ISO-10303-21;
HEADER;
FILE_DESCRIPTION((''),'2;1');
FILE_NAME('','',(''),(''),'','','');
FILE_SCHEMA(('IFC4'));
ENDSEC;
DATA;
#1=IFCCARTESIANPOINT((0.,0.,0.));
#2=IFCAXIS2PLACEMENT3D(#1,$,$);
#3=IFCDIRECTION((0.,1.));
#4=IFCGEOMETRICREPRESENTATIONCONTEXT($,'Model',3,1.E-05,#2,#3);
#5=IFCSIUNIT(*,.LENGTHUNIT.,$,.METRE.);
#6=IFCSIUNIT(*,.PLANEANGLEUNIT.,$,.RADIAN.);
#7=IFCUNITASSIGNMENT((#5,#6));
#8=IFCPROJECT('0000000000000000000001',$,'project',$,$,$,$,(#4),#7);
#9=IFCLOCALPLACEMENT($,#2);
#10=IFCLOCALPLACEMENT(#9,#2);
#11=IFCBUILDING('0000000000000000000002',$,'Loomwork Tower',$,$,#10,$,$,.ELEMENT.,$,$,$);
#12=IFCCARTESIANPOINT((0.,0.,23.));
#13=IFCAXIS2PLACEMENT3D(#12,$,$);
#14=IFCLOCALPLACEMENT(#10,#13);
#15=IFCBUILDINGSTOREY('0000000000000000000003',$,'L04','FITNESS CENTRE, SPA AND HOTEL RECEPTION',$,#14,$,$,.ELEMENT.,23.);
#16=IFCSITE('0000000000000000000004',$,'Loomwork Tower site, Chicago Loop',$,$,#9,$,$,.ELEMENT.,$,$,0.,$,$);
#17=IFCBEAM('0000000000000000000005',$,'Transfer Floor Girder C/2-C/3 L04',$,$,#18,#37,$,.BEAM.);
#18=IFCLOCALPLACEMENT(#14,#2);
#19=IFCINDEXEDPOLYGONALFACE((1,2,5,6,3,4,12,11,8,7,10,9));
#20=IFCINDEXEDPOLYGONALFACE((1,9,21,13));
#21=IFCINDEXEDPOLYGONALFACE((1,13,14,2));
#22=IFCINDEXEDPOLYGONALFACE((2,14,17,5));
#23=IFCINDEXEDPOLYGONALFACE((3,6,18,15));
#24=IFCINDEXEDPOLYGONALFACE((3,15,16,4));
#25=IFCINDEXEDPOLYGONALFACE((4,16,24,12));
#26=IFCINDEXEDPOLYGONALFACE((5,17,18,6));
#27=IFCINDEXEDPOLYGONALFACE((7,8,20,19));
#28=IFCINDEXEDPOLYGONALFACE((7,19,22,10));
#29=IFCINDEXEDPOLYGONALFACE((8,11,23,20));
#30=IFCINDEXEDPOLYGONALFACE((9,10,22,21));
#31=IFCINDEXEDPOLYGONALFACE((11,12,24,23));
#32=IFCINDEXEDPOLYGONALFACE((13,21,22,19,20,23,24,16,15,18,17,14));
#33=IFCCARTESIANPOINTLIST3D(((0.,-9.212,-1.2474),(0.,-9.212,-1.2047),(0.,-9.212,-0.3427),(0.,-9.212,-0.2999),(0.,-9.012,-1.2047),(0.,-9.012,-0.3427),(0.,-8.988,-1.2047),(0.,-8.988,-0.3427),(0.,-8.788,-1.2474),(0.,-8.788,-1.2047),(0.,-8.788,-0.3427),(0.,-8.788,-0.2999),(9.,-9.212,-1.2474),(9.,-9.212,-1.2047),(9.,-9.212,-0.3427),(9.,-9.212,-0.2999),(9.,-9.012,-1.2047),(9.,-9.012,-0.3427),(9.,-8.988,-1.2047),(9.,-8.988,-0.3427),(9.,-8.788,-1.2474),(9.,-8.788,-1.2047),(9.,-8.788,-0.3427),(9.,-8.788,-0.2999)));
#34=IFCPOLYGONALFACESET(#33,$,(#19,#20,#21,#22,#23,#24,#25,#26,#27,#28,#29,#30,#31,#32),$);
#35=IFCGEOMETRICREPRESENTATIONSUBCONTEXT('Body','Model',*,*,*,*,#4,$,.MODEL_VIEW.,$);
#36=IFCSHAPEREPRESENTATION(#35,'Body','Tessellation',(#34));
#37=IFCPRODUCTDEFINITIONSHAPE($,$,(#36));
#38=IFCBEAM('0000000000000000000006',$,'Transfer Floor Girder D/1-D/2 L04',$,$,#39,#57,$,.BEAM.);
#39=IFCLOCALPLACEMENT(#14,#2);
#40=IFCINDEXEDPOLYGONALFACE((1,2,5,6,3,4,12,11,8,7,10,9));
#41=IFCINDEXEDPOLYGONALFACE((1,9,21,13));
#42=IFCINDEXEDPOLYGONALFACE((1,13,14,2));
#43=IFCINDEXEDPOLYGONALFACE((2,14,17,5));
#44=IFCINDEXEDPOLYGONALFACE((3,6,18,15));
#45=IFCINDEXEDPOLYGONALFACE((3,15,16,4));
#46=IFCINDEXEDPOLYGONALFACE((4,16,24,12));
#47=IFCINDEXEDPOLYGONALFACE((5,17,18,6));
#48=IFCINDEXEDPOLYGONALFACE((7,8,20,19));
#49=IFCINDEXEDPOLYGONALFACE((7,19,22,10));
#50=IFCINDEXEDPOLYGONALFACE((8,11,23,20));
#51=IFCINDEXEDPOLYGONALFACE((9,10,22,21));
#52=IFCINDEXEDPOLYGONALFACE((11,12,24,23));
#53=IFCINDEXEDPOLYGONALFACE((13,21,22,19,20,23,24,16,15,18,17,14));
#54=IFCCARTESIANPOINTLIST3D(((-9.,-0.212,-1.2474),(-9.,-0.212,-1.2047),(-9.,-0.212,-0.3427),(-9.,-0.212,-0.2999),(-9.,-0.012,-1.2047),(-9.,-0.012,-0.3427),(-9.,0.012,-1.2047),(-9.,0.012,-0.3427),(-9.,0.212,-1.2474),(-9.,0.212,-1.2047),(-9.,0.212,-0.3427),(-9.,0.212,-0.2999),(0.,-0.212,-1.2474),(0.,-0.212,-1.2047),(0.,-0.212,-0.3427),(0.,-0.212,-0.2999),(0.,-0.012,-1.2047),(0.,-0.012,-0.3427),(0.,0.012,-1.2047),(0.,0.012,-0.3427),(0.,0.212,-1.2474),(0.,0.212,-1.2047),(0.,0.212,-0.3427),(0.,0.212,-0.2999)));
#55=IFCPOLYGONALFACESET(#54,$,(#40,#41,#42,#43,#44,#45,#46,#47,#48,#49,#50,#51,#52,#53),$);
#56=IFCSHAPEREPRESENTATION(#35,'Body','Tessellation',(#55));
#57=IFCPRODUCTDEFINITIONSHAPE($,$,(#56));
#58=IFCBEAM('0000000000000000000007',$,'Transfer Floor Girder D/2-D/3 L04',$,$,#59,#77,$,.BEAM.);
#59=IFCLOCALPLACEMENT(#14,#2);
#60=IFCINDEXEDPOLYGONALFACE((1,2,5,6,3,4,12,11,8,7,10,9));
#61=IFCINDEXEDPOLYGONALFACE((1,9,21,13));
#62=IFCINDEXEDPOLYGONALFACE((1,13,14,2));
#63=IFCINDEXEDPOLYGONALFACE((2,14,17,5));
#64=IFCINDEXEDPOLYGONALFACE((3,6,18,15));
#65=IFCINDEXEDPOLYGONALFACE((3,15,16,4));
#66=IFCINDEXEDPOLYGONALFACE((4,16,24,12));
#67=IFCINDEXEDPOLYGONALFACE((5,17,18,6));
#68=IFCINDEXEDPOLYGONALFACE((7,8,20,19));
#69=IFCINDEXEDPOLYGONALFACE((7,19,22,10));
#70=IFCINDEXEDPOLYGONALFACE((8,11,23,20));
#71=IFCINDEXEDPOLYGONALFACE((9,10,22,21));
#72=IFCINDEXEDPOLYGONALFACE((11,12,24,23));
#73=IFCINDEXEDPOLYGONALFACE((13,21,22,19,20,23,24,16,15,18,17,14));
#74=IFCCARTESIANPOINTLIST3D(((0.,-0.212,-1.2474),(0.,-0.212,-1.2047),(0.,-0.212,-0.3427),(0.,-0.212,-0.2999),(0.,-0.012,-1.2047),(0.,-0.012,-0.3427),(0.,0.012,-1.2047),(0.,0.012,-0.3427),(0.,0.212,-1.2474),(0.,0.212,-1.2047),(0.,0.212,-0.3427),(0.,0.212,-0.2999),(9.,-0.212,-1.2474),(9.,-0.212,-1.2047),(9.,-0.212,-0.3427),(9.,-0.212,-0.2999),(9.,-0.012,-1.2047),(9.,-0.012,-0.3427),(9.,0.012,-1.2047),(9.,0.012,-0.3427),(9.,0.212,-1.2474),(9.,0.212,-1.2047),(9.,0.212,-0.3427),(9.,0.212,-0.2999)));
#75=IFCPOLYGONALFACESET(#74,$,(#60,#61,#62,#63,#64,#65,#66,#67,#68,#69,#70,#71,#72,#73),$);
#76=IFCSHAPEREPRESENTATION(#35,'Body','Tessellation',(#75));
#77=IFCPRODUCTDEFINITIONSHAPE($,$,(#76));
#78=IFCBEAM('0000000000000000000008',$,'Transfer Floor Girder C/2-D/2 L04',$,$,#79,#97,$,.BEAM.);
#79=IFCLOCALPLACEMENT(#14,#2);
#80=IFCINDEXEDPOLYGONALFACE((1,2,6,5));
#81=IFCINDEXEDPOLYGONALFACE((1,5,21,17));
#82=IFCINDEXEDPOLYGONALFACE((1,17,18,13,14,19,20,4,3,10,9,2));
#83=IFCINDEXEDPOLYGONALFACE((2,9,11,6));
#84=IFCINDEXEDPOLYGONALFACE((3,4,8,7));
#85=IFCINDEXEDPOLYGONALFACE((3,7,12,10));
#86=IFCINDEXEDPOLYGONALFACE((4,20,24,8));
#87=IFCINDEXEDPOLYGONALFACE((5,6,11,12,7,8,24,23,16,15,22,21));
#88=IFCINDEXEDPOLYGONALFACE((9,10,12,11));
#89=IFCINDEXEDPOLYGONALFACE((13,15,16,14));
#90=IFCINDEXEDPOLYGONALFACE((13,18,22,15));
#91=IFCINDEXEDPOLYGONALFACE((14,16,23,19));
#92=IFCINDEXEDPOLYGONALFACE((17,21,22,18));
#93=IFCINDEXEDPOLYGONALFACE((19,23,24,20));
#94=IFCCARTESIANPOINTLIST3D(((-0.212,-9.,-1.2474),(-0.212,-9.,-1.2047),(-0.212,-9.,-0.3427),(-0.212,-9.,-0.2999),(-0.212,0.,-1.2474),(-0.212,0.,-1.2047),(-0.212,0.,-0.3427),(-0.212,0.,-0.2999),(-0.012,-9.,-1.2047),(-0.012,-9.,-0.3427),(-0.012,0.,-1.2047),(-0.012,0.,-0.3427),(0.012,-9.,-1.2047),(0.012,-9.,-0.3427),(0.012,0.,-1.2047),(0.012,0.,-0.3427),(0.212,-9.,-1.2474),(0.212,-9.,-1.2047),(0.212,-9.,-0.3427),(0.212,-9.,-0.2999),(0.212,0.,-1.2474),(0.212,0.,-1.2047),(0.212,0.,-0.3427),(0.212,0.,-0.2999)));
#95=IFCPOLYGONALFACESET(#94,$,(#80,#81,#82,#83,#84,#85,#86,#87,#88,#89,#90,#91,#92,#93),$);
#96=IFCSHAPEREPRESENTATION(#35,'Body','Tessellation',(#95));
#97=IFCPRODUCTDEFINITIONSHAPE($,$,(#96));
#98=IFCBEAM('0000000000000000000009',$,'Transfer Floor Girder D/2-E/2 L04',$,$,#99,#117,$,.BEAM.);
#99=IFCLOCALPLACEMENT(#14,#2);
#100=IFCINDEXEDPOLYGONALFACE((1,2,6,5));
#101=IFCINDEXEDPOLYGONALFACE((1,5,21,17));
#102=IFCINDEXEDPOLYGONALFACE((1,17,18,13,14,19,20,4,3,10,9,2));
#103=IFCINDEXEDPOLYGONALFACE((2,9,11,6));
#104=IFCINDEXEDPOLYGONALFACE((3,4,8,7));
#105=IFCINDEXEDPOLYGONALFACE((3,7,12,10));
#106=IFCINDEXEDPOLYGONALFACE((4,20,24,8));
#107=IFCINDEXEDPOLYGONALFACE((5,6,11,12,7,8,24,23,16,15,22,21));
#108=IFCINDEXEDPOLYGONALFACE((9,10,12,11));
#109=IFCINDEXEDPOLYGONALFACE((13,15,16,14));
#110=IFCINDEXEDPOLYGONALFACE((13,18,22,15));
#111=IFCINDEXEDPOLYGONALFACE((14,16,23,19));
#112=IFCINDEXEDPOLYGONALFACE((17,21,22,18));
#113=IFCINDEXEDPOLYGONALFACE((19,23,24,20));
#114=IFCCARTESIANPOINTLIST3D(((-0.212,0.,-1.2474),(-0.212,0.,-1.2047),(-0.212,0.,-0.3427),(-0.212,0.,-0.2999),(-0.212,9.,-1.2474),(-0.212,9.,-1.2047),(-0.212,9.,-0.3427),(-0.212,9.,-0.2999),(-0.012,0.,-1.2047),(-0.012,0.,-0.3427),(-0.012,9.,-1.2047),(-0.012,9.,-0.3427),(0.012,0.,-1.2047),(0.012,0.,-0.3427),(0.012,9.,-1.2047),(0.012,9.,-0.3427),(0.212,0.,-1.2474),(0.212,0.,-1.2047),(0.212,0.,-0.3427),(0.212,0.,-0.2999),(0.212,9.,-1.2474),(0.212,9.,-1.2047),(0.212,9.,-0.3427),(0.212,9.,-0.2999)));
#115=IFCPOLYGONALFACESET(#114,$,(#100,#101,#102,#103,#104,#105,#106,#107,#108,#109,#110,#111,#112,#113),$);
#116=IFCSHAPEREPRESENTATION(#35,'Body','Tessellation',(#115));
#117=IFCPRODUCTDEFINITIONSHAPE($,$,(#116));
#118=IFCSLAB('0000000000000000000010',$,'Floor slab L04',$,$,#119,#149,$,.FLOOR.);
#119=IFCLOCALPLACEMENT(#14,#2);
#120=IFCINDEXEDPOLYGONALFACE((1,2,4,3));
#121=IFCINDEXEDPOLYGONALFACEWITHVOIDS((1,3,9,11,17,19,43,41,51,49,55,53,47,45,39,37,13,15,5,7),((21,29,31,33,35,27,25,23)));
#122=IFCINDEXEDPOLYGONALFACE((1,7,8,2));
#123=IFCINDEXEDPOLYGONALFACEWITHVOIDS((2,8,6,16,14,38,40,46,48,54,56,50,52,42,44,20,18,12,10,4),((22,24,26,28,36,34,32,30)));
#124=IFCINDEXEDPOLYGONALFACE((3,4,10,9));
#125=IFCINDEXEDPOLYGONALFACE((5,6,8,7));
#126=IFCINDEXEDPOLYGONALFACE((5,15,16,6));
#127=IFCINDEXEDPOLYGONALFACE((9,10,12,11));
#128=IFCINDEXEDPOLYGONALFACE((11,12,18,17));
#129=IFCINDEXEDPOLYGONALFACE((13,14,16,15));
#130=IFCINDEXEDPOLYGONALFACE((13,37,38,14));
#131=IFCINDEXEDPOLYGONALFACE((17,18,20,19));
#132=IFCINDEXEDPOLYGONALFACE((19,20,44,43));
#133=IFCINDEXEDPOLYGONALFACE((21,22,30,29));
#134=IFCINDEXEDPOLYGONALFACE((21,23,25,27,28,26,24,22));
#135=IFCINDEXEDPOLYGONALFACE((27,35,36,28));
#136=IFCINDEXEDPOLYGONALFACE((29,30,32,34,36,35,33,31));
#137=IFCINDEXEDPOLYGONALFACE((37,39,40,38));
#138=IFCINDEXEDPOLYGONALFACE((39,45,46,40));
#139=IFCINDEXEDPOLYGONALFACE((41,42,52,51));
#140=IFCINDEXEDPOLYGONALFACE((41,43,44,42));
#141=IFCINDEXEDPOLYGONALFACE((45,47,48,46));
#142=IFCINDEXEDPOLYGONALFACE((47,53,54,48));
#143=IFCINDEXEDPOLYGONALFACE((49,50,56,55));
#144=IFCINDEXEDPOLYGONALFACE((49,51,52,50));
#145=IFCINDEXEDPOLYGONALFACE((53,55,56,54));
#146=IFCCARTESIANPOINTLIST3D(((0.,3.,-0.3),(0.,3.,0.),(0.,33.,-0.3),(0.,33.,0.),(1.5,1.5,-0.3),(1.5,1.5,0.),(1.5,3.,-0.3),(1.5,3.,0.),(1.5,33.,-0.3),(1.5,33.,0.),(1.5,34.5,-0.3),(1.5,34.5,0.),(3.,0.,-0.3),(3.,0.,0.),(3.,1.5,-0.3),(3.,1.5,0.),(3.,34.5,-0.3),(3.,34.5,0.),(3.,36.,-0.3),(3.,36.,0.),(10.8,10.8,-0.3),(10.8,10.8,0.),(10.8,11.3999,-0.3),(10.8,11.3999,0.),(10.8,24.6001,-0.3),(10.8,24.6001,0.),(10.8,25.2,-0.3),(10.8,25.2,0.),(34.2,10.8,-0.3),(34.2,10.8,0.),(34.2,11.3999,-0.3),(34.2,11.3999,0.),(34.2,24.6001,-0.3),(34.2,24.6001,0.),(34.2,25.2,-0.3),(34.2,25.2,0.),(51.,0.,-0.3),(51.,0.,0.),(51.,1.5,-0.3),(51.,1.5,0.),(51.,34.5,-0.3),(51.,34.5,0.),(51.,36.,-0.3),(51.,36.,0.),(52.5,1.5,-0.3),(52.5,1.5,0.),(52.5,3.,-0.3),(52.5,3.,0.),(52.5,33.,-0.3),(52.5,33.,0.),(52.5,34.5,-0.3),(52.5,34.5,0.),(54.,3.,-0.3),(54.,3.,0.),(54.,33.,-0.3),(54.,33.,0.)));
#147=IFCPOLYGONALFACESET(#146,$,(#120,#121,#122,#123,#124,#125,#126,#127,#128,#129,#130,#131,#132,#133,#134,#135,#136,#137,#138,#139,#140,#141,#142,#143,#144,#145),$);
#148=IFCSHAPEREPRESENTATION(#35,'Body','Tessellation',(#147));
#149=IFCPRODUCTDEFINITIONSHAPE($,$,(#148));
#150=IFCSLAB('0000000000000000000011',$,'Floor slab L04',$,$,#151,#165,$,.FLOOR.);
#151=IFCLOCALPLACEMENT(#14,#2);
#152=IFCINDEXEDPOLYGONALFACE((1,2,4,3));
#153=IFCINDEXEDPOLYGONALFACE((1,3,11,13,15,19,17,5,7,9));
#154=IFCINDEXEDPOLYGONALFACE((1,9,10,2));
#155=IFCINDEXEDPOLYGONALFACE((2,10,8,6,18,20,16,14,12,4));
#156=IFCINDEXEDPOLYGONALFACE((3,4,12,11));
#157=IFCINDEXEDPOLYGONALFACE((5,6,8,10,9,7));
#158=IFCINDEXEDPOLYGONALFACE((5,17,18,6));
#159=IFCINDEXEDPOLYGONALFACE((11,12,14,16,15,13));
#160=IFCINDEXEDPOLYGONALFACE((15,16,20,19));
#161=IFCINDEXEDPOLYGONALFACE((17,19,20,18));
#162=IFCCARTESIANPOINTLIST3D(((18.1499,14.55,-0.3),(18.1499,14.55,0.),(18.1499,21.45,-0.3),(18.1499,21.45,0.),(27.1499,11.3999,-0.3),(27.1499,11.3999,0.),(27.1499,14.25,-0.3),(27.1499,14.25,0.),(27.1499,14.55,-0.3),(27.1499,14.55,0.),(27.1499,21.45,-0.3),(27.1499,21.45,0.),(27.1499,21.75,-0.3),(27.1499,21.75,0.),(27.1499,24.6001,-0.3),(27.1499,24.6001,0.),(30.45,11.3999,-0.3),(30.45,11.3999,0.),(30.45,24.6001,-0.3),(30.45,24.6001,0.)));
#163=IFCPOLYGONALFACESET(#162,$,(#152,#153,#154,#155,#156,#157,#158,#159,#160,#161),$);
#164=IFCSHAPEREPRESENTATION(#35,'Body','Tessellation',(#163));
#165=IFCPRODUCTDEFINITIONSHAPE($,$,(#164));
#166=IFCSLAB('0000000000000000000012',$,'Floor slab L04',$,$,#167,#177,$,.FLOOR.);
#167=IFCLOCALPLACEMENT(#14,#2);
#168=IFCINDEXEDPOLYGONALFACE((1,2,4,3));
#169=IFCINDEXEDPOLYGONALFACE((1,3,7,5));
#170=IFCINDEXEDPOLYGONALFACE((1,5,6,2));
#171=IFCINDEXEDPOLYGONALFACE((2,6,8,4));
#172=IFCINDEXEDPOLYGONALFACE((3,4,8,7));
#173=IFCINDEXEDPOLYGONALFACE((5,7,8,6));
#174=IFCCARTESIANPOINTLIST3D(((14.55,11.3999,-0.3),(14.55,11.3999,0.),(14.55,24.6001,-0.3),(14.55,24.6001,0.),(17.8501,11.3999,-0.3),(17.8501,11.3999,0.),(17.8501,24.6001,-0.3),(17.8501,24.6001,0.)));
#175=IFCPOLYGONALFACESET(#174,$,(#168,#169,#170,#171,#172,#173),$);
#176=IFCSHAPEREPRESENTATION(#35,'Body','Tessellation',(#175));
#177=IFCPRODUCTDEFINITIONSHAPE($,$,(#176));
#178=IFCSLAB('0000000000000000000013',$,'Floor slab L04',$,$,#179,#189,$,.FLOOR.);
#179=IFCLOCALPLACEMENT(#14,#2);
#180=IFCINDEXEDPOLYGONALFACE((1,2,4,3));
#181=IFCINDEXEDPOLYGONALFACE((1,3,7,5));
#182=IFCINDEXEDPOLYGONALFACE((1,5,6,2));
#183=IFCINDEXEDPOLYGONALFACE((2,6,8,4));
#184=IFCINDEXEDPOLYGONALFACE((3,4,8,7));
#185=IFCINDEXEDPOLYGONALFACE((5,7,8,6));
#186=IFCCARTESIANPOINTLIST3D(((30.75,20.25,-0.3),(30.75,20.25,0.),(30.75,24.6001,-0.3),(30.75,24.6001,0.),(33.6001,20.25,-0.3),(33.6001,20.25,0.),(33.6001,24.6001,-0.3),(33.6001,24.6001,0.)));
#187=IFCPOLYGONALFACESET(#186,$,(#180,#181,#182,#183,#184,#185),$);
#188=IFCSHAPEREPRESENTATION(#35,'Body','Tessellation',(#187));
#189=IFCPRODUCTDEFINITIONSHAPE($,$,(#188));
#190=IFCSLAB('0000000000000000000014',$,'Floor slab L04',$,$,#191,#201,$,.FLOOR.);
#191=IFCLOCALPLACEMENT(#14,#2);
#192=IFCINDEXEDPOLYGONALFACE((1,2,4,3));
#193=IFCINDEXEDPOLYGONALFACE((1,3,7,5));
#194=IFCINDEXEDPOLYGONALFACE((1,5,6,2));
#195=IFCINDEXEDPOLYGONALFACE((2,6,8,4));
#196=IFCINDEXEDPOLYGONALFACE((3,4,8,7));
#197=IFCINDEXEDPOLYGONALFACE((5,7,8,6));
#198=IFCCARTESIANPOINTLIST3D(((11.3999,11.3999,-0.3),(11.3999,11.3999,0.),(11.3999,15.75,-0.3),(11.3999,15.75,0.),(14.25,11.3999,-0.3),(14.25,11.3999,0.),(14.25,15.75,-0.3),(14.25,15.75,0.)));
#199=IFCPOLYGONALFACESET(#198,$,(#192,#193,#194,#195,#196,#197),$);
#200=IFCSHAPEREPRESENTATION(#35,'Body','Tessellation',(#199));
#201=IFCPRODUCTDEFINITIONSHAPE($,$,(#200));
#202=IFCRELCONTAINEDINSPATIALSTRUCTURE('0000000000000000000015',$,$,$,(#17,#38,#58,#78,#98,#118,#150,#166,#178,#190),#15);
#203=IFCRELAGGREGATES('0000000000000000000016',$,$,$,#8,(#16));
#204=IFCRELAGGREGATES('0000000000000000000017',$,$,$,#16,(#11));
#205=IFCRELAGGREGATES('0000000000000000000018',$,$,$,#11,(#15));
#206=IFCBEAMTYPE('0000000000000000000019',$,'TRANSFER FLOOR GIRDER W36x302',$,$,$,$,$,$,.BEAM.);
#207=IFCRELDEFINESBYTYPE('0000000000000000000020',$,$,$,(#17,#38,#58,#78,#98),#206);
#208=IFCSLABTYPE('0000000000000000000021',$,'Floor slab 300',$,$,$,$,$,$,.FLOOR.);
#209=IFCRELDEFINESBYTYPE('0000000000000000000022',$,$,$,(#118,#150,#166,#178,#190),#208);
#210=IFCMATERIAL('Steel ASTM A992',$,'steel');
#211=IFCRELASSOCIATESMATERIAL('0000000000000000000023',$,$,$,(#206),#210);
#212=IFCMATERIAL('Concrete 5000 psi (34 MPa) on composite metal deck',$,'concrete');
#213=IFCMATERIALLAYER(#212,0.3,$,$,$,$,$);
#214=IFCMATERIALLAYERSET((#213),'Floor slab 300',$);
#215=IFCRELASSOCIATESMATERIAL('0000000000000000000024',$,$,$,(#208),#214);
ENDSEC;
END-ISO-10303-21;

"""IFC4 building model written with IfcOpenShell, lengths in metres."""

from ifc_helpers import new_model, si_unit, direction, frame, origin, origin_2d, place, context, subcontext, project, spatial, polyline, i_section, outline, extrude, material, layer, layer_set, material_profile, profile_set, type_object, element, save


model = new_model("IFC4")

# Units and contexts
model_context = context("Model", 3, precision=1e-05, world=origin(), true_north=direction((0.0, 1.0)))
body_context = subcontext(model_context, "Body", "Model", "MODEL_VIEW")
ifc_project = project(units=[si_unit("LENGTHUNIT", "METRE"), si_unit("PLANEANGLEUNIT", "RADIAN")], contexts=[model_context])

# Site, building, storey
site_placement = place(None, origin())
site = spatial("IfcSite", under=ifc_project, at=site_placement, Name="Loomwork Tower site, Chicago Loop", CompositionType="ELEMENT", RefElevation=0.0)
building_placement = place(site_placement, origin())
building = spatial("IfcBuilding", under=site, at=building_placement, Name="Loomwork Tower", CompositionType="ELEMENT")
storey_placement = place(building_placement, frame((0.0, 0.0, 23.0)))
storey = spatial("IfcBuildingStorey", under=building, at=storey_placement, Name="L04", Description="FITNESS CENTRE, SPA AND HOTEL RECEPTION", CompositionType="ELEMENT", Elevation=23.0)

# Beams
ifc_material_1 = material(Name="Steel ASTM A992", Category="steel")
ifc_material_profile_1 = material_profile(ifc_material_1, i_section(OverallWidth=0.4241, OverallDepth=0.9475, WebThickness=0.0239, FlangeThickness=0.0427, at=origin_2d()), Name="W36x302")
ifc_profile_set_1 = profile_set([ifc_material_profile_1], Name="Steel ASTM A992")
beam_type_1 = type_object("IfcBeamType", Name="TRANSFER FLOOR GIRDER W36x302", PredefinedType="BEAM", material=ifc_profile_set_1)
for number, where, z_axis, x_axis, name in (
    (1, (0.0, -9.0, -0.7737), (1.0, 0.0, 0.0), (0.0, 1.0, 0.0), "Transfer Floor Girder C/2-C/3 L04"),
    (2, (-9.0, 0.0, -0.7737), (1.0, 0.0, 0.0), (0.0, 1.0, 0.0), "Transfer Floor Girder D/1-D/2 L04"),
    (3, (0.0, 0.0, -0.7737), (1.0, 0.0, 0.0), (0.0, 1.0, 0.0), "Transfer Floor Girder D/2-D/3 L04"),
    (4, (0.0, -9.0, -0.7737), (0.0, 1.0, 0.0), (-1.0, 0.0, 0.0), "Transfer Floor Girder C/2-D/2 L04"),
    (5, (0.0, 0.0, -0.7737), (0.0, 1.0, 0.0), (-1.0, 0.0, 0.0), "Transfer Floor Girder D/2-E/2 L04"),
):
    element("IfcBeam", number, at=place(storey_placement, frame(where, z_axis=z_axis, x_axis=x_axis)), inside=storey, type_object=beam_type_1, Name=name, PredefinedType="BEAM", context=body_context, shape_type="SweptSolid", body=[
        extrude(i_section(OverallWidth=0.4241, OverallDepth=0.9475, WebThickness=0.0239, FlangeThickness=0.0427, at=origin_2d()), origin(), (0.0, 0.0, 1.0), 9.0),
    ])

# Slabs
ifc_material_2 = material(Name="Concrete 5000 psi (34 MPa) on composite metal deck", Category="concrete")
ifc_layer_1 = layer(ifc_material_2, 0.3)
ifc_layer_set_1 = layer_set([ifc_layer_1], Name="Floor slab 300")
slab_type_1 = type_object("IfcSlabType", Name="Floor slab 300", PredefinedType="FLOOR", material=ifc_layer_set_1)
slab_1_placement = place(storey_placement, frame((0.0, 0.0, -0.3)))
element("IfcSlab", 6, at=slab_1_placement, inside=storey, type_object=slab_type_1, Name="Floor slab L04", PredefinedType="FLOOR", context=body_context, shape_type="SweptSolid", body=[
    extrude(outline(polyline([(3.0, 1.5), (1.5, 1.5), (1.5, 3.0), (0.0, 3.0), (0.0, 33.0), (1.5, 33.0), (1.5, 34.5), (3.0, 34.5), (3.0, 36.0), (51.0, 36.0), (51.0, 34.5), (52.5, 34.5), (52.5, 33.0), (54.0, 33.0), (54.0, 3.0), (52.5, 3.0), (52.5, 1.5), (51.0, 1.5), (51.0, 0.0), (3.0, 0.0), (3.0, 1.5)]), holes=[polyline([(10.8, 11.3999), (10.8, 11.3999), (10.8, 10.8), (34.2, 10.8), (34.2, 11.3999), (34.2, 11.3999), (34.2, 24.6001), (34.2, 25.2), (10.8, 25.2), (10.8, 24.6001), (10.8, 11.3999)])]), origin(), (0.0, 0.0, 1.0), 0.3),
])
slab_2_placement = place(storey_placement, frame((0.0, 0.0, -0.3)))
element("IfcSlab", 7, at=slab_2_placement, inside=storey, type_object=slab_type_1, Name="Floor slab L04", PredefinedType="FLOOR", context=body_context, shape_type="SweptSolid", body=[
    extrude(outline(polyline([(30.45, 24.6001), (30.45, 11.3999), (27.1499, 11.3999), (27.1499, 14.25), (27.1499, 14.55), (18.1499, 14.55), (18.1499, 21.45), (27.1499, 21.45), (27.1499, 21.75), (27.1499, 24.6001), (30.45, 24.6001)])), origin(), (0.0, 0.0, 1.0), 0.3),
])
slab_3_placement = place(storey_placement, frame((0.0, 0.0, -0.3)))
element("IfcSlab", 8, at=slab_3_placement, inside=storey, type_object=slab_type_1, Name="Floor slab L04", PredefinedType="FLOOR", context=body_context, shape_type="SweptSolid", body=[
    extrude(outline(polyline([(14.55, 11.3999), (14.55, 24.6001), (17.8501, 24.6001), (17.8501, 11.3999), (14.55, 11.3999)])), origin(), (0.0, 0.0, 1.0), 0.3),
])
slab_4_placement = place(storey_placement, frame((0.0, 0.0, -0.3)))
element("IfcSlab", 9, at=slab_4_placement, inside=storey, type_object=slab_type_1, Name="Floor slab L04", PredefinedType="FLOOR", context=body_context, shape_type="SweptSolid", body=[
    extrude(outline(polyline([(33.6001, 20.25), (30.75, 20.25), (30.75, 24.6001), (33.6001, 24.6001), (33.6001, 20.25)])), origin(), (0.0, 0.0, 1.0), 0.3),
])
slab_5_placement = place(storey_placement, frame((0.0, 0.0, -0.3)))
element("IfcSlab", 10, at=slab_5_placement, inside=storey, type_object=slab_type_1, Name="Floor slab L04", PredefinedType="FLOOR", context=body_context, shape_type="SweptSolid", body=[
    extrude(outline(polyline([(14.25, 15.75), (14.25, 11.3999), (11.3999, 11.3999), (11.3999, 15.75), (14.25, 15.75)])), origin(), (0.0, 0.0, 1.0), 0.3),
])

save(model, "model.ifc")
